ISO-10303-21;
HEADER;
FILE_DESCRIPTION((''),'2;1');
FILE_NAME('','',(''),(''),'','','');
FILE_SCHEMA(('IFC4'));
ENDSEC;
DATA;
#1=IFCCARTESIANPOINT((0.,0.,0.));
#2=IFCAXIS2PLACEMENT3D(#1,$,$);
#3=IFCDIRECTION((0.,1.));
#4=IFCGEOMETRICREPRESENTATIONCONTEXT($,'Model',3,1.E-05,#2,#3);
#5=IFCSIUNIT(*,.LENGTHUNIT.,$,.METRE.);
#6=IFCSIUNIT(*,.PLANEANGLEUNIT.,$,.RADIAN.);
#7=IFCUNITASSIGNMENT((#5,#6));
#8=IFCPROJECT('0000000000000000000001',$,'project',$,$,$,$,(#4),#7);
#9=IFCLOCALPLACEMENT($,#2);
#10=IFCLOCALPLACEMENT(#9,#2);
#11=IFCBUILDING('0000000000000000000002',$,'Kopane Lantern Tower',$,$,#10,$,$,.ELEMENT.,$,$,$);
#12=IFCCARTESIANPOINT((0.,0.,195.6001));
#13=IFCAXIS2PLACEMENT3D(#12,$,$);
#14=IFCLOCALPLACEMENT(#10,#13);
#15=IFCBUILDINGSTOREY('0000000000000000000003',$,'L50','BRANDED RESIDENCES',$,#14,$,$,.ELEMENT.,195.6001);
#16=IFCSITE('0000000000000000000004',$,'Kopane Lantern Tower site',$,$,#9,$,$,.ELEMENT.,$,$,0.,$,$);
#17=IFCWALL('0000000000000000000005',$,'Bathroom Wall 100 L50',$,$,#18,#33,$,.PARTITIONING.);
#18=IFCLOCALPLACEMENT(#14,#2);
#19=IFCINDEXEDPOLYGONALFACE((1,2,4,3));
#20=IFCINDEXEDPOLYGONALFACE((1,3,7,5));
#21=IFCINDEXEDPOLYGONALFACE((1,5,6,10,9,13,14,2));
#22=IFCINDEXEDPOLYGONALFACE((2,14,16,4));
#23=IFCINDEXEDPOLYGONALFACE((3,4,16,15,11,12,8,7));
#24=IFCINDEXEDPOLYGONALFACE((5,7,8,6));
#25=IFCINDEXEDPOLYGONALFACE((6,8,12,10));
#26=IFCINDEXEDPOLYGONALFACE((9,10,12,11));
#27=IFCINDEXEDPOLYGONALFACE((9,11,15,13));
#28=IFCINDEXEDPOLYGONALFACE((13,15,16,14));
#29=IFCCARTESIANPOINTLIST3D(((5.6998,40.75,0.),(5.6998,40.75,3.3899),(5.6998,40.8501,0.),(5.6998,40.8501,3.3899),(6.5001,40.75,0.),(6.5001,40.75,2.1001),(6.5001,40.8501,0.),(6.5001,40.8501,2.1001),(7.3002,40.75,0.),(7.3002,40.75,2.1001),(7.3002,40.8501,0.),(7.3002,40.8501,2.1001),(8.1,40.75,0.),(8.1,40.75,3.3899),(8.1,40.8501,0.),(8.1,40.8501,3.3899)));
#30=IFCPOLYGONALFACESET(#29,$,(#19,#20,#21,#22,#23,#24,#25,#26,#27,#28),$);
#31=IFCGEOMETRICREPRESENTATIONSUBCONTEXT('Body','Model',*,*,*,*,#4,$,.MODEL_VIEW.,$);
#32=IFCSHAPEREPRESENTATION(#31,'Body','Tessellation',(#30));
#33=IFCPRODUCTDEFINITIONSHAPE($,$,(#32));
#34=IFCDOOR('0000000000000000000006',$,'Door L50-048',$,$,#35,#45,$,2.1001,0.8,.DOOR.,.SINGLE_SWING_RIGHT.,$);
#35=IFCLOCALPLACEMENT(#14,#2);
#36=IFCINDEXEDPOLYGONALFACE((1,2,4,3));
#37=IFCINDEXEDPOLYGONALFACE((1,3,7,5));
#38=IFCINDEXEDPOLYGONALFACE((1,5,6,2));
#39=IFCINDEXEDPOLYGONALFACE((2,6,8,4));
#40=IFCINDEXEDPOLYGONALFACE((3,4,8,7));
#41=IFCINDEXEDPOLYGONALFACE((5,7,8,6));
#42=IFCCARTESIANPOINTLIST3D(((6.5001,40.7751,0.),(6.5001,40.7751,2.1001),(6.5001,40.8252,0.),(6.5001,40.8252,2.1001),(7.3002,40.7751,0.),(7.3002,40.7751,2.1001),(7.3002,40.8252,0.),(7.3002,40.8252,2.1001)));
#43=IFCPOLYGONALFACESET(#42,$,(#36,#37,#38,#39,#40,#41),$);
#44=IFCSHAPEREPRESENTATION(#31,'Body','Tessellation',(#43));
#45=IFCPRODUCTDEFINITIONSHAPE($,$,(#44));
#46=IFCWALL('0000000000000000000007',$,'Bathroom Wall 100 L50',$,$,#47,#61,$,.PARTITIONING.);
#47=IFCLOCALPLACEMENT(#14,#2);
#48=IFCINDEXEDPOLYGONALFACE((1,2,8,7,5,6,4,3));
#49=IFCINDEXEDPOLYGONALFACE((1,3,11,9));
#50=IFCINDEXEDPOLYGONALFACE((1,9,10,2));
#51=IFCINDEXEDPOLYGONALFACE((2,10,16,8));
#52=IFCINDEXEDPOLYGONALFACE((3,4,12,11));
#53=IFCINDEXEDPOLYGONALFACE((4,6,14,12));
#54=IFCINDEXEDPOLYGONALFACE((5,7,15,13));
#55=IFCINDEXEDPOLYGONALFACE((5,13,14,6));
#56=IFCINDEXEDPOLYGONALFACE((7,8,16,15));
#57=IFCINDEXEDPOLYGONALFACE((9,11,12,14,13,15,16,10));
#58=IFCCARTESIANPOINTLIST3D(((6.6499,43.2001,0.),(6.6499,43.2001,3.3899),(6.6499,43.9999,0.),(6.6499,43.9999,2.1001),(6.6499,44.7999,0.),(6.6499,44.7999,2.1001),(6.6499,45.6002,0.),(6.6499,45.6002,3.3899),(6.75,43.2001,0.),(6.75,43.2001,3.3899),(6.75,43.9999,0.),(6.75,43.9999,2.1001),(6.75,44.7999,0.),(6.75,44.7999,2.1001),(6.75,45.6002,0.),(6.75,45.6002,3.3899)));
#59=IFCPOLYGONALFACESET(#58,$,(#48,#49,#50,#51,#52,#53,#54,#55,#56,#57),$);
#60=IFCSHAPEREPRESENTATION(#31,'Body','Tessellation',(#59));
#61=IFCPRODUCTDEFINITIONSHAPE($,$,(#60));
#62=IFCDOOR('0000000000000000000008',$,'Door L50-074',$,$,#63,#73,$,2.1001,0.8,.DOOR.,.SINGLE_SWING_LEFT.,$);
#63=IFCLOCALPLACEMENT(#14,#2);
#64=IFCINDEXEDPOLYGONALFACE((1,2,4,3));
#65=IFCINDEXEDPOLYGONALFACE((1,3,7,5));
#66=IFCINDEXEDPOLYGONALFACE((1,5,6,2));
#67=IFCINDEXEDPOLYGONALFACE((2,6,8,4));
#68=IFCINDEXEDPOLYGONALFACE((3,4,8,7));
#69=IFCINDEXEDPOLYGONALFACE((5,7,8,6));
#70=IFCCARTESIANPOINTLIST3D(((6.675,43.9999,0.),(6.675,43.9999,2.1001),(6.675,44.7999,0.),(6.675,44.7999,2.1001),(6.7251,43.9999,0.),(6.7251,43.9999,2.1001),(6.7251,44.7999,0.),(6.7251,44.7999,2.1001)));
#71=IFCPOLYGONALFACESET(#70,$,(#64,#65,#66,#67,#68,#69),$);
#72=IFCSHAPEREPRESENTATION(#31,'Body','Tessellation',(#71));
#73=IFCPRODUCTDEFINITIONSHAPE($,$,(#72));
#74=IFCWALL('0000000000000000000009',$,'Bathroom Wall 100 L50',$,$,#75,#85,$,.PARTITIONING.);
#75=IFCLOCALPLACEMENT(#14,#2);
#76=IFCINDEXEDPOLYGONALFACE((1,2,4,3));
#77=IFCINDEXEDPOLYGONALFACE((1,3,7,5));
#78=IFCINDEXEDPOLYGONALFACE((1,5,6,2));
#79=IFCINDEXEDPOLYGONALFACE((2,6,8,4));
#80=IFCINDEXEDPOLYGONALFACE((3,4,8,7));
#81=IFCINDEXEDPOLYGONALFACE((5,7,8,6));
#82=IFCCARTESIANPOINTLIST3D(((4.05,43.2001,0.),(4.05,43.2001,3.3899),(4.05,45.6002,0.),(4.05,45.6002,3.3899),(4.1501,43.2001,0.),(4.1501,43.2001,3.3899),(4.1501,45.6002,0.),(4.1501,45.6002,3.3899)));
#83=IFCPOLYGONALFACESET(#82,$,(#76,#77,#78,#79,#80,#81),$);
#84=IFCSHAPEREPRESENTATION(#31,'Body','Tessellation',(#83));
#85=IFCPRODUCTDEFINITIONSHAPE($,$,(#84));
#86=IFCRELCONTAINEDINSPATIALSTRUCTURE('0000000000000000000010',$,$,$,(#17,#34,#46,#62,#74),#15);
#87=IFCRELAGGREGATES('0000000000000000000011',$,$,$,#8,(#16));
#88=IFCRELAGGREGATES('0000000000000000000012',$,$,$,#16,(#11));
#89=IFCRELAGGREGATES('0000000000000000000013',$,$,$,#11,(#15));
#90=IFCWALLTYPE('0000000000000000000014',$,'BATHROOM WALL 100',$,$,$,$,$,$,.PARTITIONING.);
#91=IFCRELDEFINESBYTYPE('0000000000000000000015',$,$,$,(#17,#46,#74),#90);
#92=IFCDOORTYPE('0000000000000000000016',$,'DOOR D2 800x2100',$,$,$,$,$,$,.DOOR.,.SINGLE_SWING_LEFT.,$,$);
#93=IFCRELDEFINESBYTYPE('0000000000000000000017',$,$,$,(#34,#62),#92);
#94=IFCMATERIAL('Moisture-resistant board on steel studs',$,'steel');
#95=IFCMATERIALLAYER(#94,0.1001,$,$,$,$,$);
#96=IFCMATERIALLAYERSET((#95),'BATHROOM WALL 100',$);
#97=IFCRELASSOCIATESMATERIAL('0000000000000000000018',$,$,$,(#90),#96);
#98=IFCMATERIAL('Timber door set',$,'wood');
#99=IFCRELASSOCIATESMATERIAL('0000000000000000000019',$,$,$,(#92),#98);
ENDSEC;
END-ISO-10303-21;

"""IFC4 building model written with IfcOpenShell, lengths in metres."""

from ifc_helpers import new_model, si_unit, direction, frame, frame_2d, origin, place, context, subcontext, project, spatial, rectangle, extrude, material, layer, layer_set, type_object, element, fill, save


model = new_model("IFC4")

# Units and contexts
model_context = context("Model", 3, precision=1e-05, world=origin(), true_north=direction((0.0, 1.0)))
body_context = subcontext(model_context, "Body", "Model", "MODEL_VIEW")
ifc_project = project(units=[si_unit("LENGTHUNIT", "METRE"), si_unit("PLANEANGLEUNIT", "RADIAN")], contexts=[model_context])

# Site, building, storey
site_placement = place(None, origin())
site = spatial("IfcSite", under=ifc_project, at=site_placement, Name="Kopane Lantern Tower site", CompositionType="ELEMENT", RefElevation=0.0)
building_placement = place(site_placement, origin())
building = spatial("IfcBuilding", under=site, at=building_placement, Name="Kopane Lantern Tower", CompositionType="ELEMENT")
storey_placement = place(building_placement, frame((0.0, 0.0, 195.6001)))
storey = spatial("IfcBuildingStorey", under=building, at=storey_placement, Name="L50", Description="BRANDED RESIDENCES", CompositionType="ELEMENT", Elevation=195.6001)

# Walls, openings, doors
ifc_material_1 = material(Name="Moisture-resistant board on steel studs", Category="steel")
ifc_layer_1 = layer(ifc_material_1, 0.1001)
ifc_layer_set_1 = layer_set([ifc_layer_1], Name="BATHROOM WALL 100")
wall_type_1 = type_object("IfcWallType", Name="BATHROOM WALL 100", PredefinedType="PARTITIONING", material=ifc_layer_set_1)
ifc_material_2 = material(Name="Timber door set", Category="wood")
door_type_1 = type_object("IfcDoorType", Name="DOOR D2 800x2100", OperationType="SINGLE_SWING_LEFT", PredefinedType="DOOR", material=ifc_material_2)
wall_1_placement = place(storey_placement, frame((8.1001, 40.8, 0.0), z_axis=(0.0, 0.0, 1.0), x_axis=(-1.0, 0.0, 0.0)))
wall_1 = element("IfcWall", 1, at=wall_1_placement, inside=storey, type_object=wall_type_1, Name="Bathroom Wall 100 L50", PredefinedType="PARTITIONING", context=body_context, shape_type="SweptSolid", body=[
    extrude(rectangle(XDim=2.4001, YDim=0.1001, at=frame_2d((1.2002, 0.0))), origin(), (0.0, 0.0, 1.0), 3.3899),
])
opening_1_placement = place(wall_1_placement, frame((0.8, 0.0, 0.0)))
opening_1 = element("IfcOpeningElement", 2, at=opening_1_placement, cuts=wall_1, PredefinedType="OPENING", context=body_context, shape_type="SweptSolid", body=[
    extrude(rectangle(XDim=0.8, YDim=2.1001, at=frame_2d((0.3999, 1.05))), frame((0.0, 0.0601, 0.0), z_axis=(0.0, -1.0, 0.0), x_axis=(1.0, 0.0, 0.0)), (0.0, 0.0, 1.0), 0.1201),
])
door_1_placement = place(opening_1_placement, origin())
door_1 = element("IfcDoor", 3, at=door_1_placement, inside=storey, type_object=door_type_1, Name="Door L50-048", OperationType="SINGLE_SWING_RIGHT", OverallHeight=2.1001, OverallWidth=0.8, PredefinedType="DOOR", context=body_context, shape_type="SweptSolid", body=[
    extrude(rectangle(XDim=0.8, YDim=2.1001, at=frame_2d((0.3999, 1.05))), frame((0.0, 0.0249, 0.0), z_axis=(0.0, -1.0, 0.0), x_axis=(1.0, 0.0, 0.0)), (0.0, 0.0, 1.0), 0.05),
])
fill(opening_1, door_1)
wall_2_placement = place(storey_placement, frame((6.7, 43.2, 0.0), z_axis=(0.0, 0.0, 1.0), x_axis=(0.0, 1.0, 0.0)))
wall_2 = element("IfcWall", 4, at=wall_2_placement, inside=storey, type_object=wall_type_1, Name="Bathroom Wall 100 L50", PredefinedType="PARTITIONING", context=body_context, shape_type="SweptSolid", body=[
    extrude(rectangle(XDim=2.4001, YDim=0.1001, at=frame_2d((1.2002, 0.0))), origin(), (0.0, 0.0, 1.0), 3.3899),
])
opening_2_placement = place(wall_2_placement, frame((0.8, 0.0, 0.0)))
opening_2 = element("IfcOpeningElement", 5, at=opening_2_placement, cuts=wall_2, PredefinedType="OPENING", context=body_context, shape_type="SweptSolid", body=[
    extrude(rectangle(XDim=0.8, YDim=2.1001, at=frame_2d((0.3999, 1.05))), frame((0.0, 0.0601, 0.0), z_axis=(0.0, -1.0, 0.0), x_axis=(1.0, 0.0, 0.0)), (0.0, 0.0, 1.0), 0.1201),
])
door_2_placement = place(opening_2_placement, origin())
door_2 = element("IfcDoor", 6, at=door_2_placement, inside=storey, type_object=door_type_1, Name="Door L50-074", OperationType="SINGLE_SWING_LEFT", OverallHeight=2.1001, OverallWidth=0.8, PredefinedType="DOOR", context=body_context, shape_type="SweptSolid", body=[
    extrude(rectangle(XDim=0.8, YDim=2.1001, at=frame_2d((0.3999, 1.05))), frame((0.0, 0.0249, 0.0), z_axis=(0.0, -1.0, 0.0), x_axis=(1.0, 0.0, 0.0)), (0.0, 0.0, 1.0), 0.05),
])
fill(opening_2, door_2)

# Wall
wall_3_placement = place(storey_placement, frame((4.1001, 43.2, 0.0), z_axis=(0.0, 0.0, 1.0), x_axis=(0.0, 1.0, 0.0)))
element("IfcWall", 7, at=wall_3_placement, inside=storey, type_object=wall_type_1, Name="Bathroom Wall 100 L50", PredefinedType="PARTITIONING", context=body_context, shape_type="SweptSolid", body=[
    extrude(rectangle(XDim=2.4001, YDim=0.1001, at=frame_2d((1.2002, 0.0))), origin(), (0.0, 0.0, 1.0), 3.3899),
])

save(model, "model.ifc")
